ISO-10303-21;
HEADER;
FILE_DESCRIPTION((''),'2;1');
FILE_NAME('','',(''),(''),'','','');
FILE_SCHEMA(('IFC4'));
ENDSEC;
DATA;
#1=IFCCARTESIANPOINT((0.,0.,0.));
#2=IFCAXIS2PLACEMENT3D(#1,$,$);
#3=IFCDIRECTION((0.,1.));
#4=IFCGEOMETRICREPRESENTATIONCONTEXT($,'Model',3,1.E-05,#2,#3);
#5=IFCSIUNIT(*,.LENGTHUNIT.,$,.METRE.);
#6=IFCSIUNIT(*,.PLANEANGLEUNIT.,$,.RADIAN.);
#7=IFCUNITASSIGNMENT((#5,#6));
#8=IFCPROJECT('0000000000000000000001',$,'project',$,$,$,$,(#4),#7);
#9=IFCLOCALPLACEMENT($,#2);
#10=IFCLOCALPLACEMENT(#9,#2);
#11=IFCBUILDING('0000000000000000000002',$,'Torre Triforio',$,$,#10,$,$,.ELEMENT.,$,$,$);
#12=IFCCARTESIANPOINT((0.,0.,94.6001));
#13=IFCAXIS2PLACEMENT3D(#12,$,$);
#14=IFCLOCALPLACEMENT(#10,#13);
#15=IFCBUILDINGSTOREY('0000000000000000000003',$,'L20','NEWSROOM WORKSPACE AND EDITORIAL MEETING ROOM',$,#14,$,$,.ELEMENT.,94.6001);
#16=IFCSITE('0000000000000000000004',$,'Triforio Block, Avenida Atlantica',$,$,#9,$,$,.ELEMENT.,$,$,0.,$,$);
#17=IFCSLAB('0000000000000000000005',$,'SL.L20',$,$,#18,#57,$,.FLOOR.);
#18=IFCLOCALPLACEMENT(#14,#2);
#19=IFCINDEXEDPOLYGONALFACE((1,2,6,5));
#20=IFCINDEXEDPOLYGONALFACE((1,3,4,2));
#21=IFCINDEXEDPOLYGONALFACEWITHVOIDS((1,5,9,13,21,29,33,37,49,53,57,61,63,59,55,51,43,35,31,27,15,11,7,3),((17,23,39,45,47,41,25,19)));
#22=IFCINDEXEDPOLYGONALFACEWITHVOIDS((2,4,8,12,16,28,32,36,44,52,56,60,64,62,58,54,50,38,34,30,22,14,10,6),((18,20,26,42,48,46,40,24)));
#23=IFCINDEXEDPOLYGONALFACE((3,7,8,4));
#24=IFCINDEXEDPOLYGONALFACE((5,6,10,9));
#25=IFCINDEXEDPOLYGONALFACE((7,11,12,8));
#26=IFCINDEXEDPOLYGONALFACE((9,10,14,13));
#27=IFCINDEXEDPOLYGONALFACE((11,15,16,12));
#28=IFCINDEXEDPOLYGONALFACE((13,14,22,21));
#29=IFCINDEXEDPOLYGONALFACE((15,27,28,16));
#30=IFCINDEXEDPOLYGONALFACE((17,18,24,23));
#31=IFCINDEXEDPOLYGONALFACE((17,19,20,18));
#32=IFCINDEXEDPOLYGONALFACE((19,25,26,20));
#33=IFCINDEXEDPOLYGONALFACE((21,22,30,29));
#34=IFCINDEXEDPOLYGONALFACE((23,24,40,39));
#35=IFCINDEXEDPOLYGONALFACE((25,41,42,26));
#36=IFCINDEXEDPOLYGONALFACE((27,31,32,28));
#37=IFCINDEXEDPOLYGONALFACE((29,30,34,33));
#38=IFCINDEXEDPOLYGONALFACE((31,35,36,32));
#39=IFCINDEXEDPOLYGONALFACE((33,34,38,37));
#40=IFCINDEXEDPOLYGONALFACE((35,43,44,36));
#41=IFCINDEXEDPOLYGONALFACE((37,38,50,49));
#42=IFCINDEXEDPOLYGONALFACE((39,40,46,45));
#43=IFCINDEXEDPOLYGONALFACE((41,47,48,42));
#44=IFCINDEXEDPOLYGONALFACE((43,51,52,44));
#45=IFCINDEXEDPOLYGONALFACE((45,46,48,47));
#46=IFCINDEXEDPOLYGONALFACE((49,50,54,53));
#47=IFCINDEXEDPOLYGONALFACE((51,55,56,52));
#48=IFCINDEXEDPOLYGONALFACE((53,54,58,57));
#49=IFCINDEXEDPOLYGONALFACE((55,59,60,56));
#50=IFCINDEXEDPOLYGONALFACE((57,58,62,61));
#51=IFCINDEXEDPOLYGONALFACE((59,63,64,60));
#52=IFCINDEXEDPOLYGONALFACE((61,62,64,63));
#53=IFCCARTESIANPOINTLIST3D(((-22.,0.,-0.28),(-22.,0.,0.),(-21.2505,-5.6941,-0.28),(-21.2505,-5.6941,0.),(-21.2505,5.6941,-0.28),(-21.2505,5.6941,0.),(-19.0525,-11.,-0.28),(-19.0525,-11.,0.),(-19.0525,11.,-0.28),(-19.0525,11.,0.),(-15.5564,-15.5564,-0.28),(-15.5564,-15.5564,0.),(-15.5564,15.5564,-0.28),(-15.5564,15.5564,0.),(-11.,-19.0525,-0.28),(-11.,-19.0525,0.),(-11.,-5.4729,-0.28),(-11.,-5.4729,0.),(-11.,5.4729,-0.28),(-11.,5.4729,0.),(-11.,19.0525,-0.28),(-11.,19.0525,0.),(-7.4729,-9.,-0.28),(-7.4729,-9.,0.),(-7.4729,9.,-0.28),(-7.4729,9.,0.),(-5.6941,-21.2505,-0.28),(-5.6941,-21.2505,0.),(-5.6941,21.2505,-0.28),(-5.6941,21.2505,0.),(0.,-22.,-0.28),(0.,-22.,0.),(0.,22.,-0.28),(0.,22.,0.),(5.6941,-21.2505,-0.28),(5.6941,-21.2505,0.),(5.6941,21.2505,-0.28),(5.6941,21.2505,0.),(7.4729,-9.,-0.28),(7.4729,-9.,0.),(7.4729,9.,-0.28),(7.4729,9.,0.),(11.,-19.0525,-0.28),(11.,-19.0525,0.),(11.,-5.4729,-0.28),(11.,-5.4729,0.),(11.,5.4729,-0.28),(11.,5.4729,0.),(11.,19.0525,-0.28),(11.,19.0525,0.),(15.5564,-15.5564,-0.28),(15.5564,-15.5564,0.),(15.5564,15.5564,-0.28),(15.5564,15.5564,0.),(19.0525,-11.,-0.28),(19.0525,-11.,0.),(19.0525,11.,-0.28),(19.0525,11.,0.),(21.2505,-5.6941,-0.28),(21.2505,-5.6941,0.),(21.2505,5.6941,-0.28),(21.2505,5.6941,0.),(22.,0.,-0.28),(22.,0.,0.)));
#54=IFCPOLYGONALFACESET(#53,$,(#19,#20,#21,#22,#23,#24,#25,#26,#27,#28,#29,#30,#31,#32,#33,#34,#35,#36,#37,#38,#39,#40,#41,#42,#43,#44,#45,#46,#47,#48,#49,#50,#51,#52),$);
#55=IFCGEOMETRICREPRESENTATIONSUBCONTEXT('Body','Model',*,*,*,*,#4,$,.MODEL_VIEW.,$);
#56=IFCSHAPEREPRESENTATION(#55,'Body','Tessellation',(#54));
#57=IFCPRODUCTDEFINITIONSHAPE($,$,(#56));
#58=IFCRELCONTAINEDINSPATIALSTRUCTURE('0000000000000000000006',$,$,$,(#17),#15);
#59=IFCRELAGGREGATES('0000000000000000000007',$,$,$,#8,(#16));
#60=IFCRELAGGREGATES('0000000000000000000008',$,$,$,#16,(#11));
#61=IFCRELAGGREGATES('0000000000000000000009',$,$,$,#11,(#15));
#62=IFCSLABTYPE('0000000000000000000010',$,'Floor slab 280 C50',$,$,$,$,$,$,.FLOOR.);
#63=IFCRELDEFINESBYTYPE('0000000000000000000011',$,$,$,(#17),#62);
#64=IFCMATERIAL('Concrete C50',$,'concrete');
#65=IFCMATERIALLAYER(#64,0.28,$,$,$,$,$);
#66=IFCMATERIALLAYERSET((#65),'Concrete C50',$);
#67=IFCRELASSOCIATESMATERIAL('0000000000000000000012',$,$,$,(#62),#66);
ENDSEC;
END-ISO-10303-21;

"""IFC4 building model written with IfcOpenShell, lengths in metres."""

from ifc_helpers import new_model, si_unit, direction, frame, origin, place, context, subcontext, project, spatial, polyline, outline, extrude, material, layer, layer_set, type_object, element, save


model = new_model("IFC4")

# Units and contexts
model_context = context("Model", 3, precision=1e-05, world=origin(), true_north=direction((0.0, 1.0)))
body_context = subcontext(model_context, "Body", "Model", "MODEL_VIEW")
ifc_project = project(units=[si_unit("LENGTHUNIT", "METRE"), si_unit("PLANEANGLEUNIT", "RADIAN")], contexts=[model_context])

# Site, building, storey
site_placement = place(None, origin())
site = spatial("IfcSite", under=ifc_project, at=site_placement, Name="Triforio Block, Avenida Atlantica", CompositionType="ELEMENT", RefElevation=0.0)
building_placement = place(site_placement, origin())
building = spatial("IfcBuilding", under=site, at=building_placement, Name="Torre Triforio", CompositionType="ELEMENT")
storey_placement = place(building_placement, frame((0.0, 0.0, 94.6001)))
storey = spatial("IfcBuildingStorey", under=building, at=storey_placement, Name="L20", Description="NEWSROOM WORKSPACE AND EDITORIAL MEETING ROOM", CompositionType="ELEMENT", Elevation=94.6001)

# Slab
ifc_material_1 = material(Name="Concrete C50", Category="concrete")
ifc_layer_1 = layer(ifc_material_1, 0.28)
ifc_layer_set_1 = layer_set([ifc_layer_1], Name="Concrete C50")
slab_type_1 = type_object("IfcSlabType", Name="Floor slab 280 C50", PredefinedType="FLOOR", material=ifc_layer_set_1)
slab_1_placement = place(storey_placement, frame((0.0, 0.0, -0.28)))
element("IfcSlab", 1, at=slab_1_placement, inside=storey, type_object=slab_type_1, Name="SL.L20", PredefinedType="FLOOR", context=body_context, shape_type="SweptSolid", body=[
    extrude(outline(polyline([(19.0525, -11.0), (21.2505, -5.6941), (22.0, 0.0), (21.2505, 5.6941), (19.0525, 11.0), (15.5564, 15.5564), (11.0, 19.0525), (5.6941, 21.2505), (0.0, 22.0), (-5.6941, 21.2505), (-11.0, 19.0525), (-15.5564, 15.5564), (-19.0525, 11.0), (-21.2505, 5.6941), (-22.0, 0.0), (-21.2505, -5.6941), (-19.0525, -11.0), (-15.5564, -15.5564), (-11.0, -19.0525), (-5.6941, -21.2505), (0.0, -22.0), (5.6941, -21.2505), (11.0, -19.0525), (15.5564, -15.5564), (19.0525, -11.0)]), holes=[polyline([(11.0, 5.4729), (11.0, -5.4729), (7.4729, -9.0), (-7.4729, -9.0), (-11.0, -5.4729), (-11.0, 5.4729), (-7.4729, 9.0), (7.4729, 9.0), (11.0, 5.4729)])]), origin(), (0.0, 0.0, 1.0), 0.28),
])

save(model, "model.ifc")
